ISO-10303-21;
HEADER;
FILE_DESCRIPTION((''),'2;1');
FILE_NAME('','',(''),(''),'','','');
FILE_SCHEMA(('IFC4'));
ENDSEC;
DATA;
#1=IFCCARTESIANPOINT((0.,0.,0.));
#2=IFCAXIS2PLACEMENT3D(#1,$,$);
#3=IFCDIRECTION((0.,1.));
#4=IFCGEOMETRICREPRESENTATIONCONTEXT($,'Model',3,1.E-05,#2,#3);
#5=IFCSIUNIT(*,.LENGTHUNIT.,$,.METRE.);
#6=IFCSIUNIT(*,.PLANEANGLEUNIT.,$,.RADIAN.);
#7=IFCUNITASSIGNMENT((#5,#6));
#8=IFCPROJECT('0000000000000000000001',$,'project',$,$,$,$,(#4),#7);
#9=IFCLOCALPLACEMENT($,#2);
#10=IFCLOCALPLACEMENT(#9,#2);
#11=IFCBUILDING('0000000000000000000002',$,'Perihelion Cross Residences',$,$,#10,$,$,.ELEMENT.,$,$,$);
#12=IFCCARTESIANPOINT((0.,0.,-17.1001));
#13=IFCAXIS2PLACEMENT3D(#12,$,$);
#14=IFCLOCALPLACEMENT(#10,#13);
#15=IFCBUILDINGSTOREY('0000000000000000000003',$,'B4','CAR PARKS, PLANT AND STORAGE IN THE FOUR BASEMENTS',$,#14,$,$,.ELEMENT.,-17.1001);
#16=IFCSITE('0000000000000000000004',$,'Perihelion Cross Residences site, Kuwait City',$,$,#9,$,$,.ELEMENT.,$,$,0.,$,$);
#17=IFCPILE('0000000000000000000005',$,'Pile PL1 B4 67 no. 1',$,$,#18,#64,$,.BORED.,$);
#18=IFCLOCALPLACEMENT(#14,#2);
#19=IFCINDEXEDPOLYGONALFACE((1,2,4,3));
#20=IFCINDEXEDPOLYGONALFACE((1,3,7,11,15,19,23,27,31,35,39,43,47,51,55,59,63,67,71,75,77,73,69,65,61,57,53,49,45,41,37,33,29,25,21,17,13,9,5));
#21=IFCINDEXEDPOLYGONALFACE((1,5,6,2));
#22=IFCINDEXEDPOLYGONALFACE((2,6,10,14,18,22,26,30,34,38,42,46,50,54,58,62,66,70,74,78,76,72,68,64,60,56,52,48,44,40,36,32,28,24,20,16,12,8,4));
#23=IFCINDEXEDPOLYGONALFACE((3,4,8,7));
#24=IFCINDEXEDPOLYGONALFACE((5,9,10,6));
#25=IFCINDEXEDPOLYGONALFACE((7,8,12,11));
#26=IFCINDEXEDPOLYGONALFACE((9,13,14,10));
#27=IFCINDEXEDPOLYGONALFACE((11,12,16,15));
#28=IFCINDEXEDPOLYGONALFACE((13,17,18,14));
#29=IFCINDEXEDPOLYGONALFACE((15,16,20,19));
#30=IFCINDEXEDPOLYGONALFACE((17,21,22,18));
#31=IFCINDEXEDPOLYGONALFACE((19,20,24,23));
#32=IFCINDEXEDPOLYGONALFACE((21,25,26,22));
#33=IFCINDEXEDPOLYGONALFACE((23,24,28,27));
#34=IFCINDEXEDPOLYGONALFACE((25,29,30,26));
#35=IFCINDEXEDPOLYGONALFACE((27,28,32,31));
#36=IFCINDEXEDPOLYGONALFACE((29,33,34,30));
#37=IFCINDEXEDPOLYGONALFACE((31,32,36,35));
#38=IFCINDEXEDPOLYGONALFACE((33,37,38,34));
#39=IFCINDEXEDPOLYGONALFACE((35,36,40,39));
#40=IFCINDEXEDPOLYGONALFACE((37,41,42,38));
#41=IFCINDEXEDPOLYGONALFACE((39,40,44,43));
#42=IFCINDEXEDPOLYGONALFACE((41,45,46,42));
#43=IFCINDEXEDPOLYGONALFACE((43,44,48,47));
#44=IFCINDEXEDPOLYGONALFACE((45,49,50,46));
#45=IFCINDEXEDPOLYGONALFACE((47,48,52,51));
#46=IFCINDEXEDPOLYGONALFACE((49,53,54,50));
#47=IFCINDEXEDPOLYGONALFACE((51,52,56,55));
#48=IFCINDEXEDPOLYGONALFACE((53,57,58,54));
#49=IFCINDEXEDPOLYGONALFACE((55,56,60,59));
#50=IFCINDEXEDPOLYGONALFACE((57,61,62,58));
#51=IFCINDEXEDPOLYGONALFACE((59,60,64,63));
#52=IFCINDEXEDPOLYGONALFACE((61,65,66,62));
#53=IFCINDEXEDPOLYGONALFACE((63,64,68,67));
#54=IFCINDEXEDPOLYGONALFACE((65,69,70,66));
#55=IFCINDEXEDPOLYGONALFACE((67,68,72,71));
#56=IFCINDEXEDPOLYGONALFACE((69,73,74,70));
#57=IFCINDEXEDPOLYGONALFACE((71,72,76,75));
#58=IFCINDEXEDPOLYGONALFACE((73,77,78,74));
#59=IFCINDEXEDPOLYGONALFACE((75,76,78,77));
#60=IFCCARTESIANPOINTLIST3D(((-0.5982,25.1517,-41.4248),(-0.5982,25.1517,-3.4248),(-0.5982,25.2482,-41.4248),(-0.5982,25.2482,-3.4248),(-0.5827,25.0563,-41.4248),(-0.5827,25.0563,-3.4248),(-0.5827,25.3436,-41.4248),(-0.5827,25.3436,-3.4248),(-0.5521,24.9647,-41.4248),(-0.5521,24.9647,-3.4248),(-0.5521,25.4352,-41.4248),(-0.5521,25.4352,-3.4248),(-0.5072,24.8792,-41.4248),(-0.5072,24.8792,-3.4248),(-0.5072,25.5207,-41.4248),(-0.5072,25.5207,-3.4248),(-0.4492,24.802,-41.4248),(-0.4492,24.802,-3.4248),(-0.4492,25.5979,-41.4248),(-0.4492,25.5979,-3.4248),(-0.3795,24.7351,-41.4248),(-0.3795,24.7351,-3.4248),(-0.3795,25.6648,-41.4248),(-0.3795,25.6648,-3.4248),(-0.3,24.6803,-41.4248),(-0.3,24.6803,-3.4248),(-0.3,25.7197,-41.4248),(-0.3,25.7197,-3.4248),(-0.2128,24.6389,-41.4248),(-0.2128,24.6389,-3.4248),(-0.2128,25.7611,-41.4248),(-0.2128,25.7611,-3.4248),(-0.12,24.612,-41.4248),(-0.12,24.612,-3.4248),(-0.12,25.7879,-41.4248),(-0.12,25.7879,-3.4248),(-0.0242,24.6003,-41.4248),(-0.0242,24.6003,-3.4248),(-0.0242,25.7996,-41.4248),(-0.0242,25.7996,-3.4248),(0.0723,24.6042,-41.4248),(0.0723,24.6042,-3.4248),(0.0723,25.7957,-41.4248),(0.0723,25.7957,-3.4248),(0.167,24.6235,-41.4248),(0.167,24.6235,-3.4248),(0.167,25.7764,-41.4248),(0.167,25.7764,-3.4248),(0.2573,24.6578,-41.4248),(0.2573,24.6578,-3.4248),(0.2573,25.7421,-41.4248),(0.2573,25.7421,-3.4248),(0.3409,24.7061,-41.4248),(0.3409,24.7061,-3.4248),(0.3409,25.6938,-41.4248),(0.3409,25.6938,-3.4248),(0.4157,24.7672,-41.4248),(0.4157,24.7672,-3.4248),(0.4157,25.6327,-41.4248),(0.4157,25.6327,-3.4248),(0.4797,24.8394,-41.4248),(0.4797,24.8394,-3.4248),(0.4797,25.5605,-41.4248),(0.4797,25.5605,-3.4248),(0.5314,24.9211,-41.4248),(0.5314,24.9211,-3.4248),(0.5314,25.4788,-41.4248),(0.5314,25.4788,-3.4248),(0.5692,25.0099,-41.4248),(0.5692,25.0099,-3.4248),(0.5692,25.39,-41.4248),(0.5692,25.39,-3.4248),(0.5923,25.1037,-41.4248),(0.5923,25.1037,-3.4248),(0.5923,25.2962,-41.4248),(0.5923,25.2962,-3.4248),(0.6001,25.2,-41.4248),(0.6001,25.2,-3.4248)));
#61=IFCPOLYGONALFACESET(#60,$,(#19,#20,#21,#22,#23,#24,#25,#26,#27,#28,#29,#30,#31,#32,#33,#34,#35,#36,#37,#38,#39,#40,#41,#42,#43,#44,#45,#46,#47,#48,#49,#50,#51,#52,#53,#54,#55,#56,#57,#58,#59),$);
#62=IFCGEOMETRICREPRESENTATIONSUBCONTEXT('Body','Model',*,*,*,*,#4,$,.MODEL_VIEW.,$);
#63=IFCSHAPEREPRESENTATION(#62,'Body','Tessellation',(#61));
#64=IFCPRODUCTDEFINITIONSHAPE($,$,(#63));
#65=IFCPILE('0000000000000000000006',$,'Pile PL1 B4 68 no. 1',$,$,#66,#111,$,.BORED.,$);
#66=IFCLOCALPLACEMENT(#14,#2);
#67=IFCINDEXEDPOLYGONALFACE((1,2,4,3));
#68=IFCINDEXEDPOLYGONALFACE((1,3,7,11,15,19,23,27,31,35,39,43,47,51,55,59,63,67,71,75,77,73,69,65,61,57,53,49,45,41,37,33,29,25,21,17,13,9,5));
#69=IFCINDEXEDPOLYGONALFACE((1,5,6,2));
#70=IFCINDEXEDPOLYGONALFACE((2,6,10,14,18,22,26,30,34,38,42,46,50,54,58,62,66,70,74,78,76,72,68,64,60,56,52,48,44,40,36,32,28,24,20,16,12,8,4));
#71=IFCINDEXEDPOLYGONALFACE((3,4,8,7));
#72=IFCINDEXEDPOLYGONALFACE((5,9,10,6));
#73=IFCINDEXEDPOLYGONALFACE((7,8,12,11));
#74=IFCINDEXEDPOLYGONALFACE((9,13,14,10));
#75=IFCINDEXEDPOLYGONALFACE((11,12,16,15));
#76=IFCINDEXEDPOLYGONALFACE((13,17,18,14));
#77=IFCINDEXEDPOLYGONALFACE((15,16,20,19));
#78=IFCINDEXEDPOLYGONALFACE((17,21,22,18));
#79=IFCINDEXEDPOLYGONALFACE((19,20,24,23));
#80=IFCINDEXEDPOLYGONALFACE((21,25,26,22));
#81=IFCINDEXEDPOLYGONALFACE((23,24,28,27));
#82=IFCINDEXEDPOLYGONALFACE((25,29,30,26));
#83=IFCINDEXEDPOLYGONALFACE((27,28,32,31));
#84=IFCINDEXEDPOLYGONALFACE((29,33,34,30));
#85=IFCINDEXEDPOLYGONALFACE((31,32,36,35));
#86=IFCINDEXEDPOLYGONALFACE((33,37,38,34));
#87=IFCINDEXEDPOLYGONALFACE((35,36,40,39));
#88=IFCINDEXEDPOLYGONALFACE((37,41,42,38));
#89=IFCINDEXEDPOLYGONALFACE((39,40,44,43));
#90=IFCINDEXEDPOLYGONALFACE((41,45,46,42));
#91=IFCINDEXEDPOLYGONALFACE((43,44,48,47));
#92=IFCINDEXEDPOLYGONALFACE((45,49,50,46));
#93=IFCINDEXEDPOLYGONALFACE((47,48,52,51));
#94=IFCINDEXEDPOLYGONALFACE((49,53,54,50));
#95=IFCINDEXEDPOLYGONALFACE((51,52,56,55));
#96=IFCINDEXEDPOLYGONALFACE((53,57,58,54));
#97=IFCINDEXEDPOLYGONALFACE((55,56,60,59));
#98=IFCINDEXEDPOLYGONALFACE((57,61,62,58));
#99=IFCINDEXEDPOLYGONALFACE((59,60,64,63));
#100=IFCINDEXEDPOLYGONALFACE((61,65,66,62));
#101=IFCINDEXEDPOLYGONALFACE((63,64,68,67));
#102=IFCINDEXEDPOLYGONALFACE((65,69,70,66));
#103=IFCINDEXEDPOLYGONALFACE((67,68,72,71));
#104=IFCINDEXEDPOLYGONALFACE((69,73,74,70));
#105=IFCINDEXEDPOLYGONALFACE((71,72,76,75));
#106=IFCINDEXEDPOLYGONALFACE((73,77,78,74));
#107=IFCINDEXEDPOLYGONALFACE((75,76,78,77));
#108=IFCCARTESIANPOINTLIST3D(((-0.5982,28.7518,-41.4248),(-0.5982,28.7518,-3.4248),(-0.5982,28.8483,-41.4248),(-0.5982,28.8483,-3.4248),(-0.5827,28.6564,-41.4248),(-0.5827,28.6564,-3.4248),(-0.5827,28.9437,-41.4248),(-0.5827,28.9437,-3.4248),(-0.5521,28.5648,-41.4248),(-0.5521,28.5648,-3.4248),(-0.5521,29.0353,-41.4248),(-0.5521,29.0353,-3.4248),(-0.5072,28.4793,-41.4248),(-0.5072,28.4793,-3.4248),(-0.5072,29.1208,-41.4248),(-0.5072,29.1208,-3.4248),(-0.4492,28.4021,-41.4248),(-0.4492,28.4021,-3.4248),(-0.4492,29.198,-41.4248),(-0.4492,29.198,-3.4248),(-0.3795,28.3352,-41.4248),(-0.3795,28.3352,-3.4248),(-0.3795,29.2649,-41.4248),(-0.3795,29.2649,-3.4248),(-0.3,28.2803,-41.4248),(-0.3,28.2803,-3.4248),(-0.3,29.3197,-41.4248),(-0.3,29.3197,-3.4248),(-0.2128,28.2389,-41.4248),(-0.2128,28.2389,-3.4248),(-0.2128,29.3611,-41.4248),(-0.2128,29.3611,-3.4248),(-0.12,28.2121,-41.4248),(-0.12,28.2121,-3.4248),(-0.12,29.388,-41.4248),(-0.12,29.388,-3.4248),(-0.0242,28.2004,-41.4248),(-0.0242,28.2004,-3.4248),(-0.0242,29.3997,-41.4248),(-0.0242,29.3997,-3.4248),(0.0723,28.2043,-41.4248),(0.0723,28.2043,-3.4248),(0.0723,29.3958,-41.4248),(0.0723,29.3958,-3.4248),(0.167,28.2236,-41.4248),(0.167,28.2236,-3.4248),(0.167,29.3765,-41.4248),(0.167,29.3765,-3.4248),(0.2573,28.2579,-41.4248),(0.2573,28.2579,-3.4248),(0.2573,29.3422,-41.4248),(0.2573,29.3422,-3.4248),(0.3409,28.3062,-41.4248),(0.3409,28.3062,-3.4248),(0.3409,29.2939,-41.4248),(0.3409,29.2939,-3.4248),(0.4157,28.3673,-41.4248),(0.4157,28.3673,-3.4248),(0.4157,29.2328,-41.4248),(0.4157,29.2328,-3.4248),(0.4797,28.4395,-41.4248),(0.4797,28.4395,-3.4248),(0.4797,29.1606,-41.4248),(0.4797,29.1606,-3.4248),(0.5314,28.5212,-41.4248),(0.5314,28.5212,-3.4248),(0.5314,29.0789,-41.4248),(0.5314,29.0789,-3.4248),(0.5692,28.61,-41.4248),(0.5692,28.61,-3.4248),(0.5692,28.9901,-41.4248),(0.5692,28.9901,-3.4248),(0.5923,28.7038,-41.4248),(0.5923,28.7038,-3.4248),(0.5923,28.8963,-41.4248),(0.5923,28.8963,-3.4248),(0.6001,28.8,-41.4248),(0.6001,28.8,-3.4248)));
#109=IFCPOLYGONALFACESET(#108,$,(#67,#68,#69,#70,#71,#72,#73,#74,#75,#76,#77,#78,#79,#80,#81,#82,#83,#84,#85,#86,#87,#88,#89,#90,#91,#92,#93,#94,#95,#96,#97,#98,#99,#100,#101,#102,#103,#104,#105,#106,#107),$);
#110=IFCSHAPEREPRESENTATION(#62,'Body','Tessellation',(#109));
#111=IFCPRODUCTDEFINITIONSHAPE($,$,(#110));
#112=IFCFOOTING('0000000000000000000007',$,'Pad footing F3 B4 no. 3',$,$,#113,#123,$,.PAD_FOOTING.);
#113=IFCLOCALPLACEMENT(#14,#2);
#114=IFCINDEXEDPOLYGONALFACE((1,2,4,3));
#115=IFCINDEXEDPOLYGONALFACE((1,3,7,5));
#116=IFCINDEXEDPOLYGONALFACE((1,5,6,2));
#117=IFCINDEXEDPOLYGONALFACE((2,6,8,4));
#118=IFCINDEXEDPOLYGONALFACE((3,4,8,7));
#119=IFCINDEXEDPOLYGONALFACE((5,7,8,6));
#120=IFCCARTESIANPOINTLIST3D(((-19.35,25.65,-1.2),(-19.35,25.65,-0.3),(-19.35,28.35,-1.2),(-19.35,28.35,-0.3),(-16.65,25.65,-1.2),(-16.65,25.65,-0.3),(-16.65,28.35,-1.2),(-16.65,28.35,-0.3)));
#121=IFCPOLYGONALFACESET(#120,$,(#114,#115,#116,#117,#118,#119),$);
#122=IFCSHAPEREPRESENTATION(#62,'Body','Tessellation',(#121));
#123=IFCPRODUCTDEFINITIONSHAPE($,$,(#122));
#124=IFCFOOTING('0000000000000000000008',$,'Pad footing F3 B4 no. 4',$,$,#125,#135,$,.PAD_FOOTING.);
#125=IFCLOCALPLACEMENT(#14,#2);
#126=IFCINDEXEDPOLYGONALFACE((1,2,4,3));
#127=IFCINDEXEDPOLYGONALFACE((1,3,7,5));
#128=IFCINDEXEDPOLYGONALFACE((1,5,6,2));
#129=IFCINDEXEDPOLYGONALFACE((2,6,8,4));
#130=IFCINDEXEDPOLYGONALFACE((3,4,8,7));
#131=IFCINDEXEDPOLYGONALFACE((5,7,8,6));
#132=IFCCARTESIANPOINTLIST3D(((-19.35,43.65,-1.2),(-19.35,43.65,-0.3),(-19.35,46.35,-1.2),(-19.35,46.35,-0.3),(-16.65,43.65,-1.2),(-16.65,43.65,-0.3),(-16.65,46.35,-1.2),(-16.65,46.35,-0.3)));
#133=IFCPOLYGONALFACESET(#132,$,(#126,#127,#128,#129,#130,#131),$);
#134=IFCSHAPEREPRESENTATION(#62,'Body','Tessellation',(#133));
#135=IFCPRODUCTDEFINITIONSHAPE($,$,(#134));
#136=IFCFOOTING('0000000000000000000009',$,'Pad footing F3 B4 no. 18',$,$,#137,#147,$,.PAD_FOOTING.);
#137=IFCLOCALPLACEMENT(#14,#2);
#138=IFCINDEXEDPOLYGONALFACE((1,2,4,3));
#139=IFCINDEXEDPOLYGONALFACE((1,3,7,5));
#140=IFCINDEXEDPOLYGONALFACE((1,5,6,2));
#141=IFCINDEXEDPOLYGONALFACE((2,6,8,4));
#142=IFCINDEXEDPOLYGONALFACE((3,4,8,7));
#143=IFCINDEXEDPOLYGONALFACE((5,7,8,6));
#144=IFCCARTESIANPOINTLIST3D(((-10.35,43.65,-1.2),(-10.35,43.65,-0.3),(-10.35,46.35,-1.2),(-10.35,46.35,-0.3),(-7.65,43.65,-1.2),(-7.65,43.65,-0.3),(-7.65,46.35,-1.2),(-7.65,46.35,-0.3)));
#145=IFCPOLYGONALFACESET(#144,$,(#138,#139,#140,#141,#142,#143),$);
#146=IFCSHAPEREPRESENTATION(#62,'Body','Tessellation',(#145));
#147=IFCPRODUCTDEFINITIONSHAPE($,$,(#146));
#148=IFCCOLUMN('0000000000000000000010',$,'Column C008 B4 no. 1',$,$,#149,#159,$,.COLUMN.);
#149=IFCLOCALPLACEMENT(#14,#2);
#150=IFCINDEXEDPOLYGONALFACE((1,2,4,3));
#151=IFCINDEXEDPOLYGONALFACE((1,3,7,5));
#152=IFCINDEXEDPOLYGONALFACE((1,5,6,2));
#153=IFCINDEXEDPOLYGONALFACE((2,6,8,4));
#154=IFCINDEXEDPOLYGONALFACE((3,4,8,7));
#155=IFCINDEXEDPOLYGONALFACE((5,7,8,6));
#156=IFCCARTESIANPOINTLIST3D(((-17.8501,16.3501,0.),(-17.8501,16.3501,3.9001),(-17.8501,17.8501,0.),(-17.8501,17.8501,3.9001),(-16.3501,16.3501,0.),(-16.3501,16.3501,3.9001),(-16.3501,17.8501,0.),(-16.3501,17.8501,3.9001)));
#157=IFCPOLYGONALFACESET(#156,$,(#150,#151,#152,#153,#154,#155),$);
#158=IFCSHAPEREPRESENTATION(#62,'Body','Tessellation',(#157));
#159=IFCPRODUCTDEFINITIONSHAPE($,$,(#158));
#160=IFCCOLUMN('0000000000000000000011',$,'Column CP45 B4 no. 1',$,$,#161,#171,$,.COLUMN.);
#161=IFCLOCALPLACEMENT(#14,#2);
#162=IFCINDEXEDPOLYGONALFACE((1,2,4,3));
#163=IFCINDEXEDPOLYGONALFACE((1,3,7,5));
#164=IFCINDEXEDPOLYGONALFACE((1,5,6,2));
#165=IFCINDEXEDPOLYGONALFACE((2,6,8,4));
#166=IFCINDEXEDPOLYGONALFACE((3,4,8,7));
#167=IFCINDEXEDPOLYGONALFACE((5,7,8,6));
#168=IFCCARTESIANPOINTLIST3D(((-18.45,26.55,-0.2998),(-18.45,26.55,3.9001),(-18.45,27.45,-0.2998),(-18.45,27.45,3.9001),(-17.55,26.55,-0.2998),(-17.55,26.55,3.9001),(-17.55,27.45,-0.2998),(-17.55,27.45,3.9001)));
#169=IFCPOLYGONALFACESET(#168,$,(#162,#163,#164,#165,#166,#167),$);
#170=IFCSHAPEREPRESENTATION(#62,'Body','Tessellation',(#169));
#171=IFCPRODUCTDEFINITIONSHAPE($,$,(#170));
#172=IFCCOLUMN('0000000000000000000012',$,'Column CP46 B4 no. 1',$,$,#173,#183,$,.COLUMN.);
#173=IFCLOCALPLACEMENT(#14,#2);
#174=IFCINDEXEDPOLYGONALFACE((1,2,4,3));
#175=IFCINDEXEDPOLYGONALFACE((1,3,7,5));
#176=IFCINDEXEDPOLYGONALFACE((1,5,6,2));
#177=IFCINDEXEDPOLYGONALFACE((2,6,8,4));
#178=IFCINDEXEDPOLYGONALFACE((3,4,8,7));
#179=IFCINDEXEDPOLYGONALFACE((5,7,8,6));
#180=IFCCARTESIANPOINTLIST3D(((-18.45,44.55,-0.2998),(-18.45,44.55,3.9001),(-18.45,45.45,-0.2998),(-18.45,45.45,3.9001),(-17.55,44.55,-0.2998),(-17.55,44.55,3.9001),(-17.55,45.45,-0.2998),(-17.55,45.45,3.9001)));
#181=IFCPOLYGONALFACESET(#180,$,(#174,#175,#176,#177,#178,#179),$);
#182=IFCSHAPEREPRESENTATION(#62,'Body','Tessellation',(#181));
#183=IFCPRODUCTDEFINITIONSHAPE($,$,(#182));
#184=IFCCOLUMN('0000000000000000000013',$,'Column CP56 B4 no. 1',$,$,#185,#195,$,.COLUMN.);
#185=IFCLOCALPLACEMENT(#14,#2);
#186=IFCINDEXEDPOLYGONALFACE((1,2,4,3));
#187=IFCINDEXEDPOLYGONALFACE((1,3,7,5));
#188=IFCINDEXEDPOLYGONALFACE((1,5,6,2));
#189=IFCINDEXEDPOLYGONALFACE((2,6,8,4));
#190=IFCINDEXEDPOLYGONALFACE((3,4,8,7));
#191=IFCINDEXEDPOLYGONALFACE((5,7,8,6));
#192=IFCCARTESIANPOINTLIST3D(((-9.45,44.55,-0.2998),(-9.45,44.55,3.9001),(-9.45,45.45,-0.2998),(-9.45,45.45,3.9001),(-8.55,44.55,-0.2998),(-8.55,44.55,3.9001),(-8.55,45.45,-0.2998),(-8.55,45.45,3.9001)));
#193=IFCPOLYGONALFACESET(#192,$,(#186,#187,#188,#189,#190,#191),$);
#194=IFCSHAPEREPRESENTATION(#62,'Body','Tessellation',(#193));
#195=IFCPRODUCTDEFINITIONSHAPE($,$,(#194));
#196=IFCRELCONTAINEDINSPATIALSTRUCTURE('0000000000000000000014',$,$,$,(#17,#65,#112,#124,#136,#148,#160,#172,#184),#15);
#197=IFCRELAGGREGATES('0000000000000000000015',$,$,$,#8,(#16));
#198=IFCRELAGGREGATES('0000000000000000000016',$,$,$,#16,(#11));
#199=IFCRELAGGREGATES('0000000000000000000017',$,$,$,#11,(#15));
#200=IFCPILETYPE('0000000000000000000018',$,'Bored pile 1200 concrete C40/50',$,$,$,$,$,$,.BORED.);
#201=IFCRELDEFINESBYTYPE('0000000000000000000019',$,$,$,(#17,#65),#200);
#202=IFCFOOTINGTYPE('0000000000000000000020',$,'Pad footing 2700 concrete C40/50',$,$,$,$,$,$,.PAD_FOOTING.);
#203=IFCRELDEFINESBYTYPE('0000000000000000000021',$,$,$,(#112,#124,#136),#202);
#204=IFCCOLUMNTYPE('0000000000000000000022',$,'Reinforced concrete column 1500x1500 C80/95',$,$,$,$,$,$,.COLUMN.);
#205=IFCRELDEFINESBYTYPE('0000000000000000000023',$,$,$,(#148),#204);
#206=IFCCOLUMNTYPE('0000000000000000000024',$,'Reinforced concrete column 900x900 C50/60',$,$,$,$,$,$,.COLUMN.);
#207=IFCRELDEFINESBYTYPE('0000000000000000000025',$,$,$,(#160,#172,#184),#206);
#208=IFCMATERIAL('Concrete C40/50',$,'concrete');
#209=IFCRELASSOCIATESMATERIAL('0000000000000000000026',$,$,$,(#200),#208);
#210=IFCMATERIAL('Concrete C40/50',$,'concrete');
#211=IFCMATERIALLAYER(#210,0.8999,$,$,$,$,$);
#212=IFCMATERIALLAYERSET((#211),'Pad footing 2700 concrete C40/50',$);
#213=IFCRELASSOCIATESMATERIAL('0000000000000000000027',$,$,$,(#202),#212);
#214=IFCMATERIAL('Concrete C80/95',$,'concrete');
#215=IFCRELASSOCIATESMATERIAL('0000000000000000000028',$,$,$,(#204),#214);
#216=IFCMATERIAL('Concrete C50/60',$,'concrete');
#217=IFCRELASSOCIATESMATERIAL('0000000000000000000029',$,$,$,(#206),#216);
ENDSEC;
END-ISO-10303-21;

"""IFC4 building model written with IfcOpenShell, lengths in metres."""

from ifc_helpers import new_model, si_unit, direction, frame, origin, origin_2d, place, context, subcontext, project, spatial, rectangle, circle, extrude, material, layer, layer_set, material_profile, profile_set, type_object, element, save


model = new_model("IFC4")

# Units and contexts
model_context = context("Model", 3, precision=1e-05, world=origin(), true_north=direction((0.0, 1.0)))
body_context = subcontext(model_context, "Body", "Model", "MODEL_VIEW")
ifc_project = project(units=[si_unit("LENGTHUNIT", "METRE"), si_unit("PLANEANGLEUNIT", "RADIAN")], contexts=[model_context])

# Site, building, storey
site_placement = place(None, origin())
site = spatial("IfcSite", under=ifc_project, at=site_placement, Name="Perihelion Cross Residences site, Kuwait City", CompositionType="ELEMENT", RefElevation=0.0)
building_placement = place(site_placement, origin())
building = spatial("IfcBuilding", under=site, at=building_placement, Name="Perihelion Cross Residences", CompositionType="ELEMENT")
storey_placement = place(building_placement, frame((0.0, 0.0, -17.1001)))
storey = spatial("IfcBuildingStorey", under=building, at=storey_placement, Name="B4", Description="CAR PARKS, PLANT AND STORAGE IN THE FOUR BASEMENTS", CompositionType="ELEMENT", Elevation=-17.1001)

# Piles
ifc_material_1 = material(Name="Concrete C40/50", Category="concrete")
pile_type = type_object("IfcPileType", Name="Bored pile 1200 concrete C40/50", PredefinedType="BORED", material=ifc_material_1)
for number, where, z_axis, x_axis, name in (
    (1, (0.0, 25.2, -3.4248), (0.0, 0.0, -1.0), (1.0, 0.0, 0.0), "Pile PL1 B4 67 no. 1"),
    (2, (0.0, 28.8, -3.4248), (0.0, 0.0, -1.0), (1.0, 0.0, 0.0), "Pile PL1 B4 68 no. 1"),
):
    element("IfcPile", number, at=place(storey_placement, frame(where, z_axis=z_axis, x_axis=x_axis)), inside=storey, type_object=pile_type, Name=name, PredefinedType="BORED", context=body_context, shape_type="SweptSolid", body=[
        extrude(circle(Radius=0.6001, at=origin_2d()), origin(), (0.0, 0.0, 1.0), 38.0),
    ])

# Footings
ifc_material_2 = material(Name="Concrete C40/50", Category="concrete")
ifc_layer = layer(ifc_material_2, 0.8999)
ifc_layer_set = layer_set([ifc_layer], Name="Pad footing 2700 concrete C40/50")
footing_type = type_object("IfcFootingType", Name="Pad footing 2700 concrete C40/50", PredefinedType="PAD_FOOTING", material=ifc_layer_set)
for number, where, z_axis, x_axis, name in (
    (3, (-18.0, 27.0, -1.2), (0.0, 0.0, 1.0), (1.0, 0.0, 0.0), "Pad footing F3 B4 no. 3"),
    (4, (-18.0, 45.0, -1.2), (0.0, 0.0, 1.0), (1.0, 0.0, 0.0), "Pad footing F3 B4 no. 4"),
    (5, (-9.0, 45.0, -1.2), (0.0, 0.0, 1.0), (1.0, 0.0, 0.0), "Pad footing F3 B4 no. 18"),
):
    element("IfcFooting", number, at=place(storey_placement, frame(where, z_axis=z_axis, x_axis=x_axis)), inside=storey, type_object=footing_type, Name=name, PredefinedType="PAD_FOOTING", context=body_context, shape_type="SweptSolid", body=[
        extrude(rectangle(XDim=2.7, YDim=2.7, at=origin_2d()), origin(), (0.0, 0.0, 1.0), 0.8999),
    ])

# Columns
ifc_material_3 = material(Name="Concrete C80/95", Category="concrete")
ifc_material_profile_1 = material_profile(ifc_material_3, rectangle(XDim=1.5, YDim=1.5, at=origin_2d()), Name="RC 1500x1500")
ifc_profile_set_1 = profile_set([ifc_material_profile_1], Name="Concrete C80/95")
column_type_1 = type_object("IfcColumnType", Name="Reinforced concrete column 1500x1500 C80/95", PredefinedType="COLUMN", material=ifc_profile_set_1)
column_placement = place(storey_placement, frame((-17.1001, 17.1001, 0.0), z_axis=(0.0, 0.0, 1.0), x_axis=(1.0, 0.0, 0.0)))
element("IfcColumn", 6, at=column_placement, inside=storey, type_object=column_type_1, Name="Column C008 B4 no. 1", PredefinedType="COLUMN", context=body_context, shape_type="SweptSolid", body=[
    extrude(rectangle(XDim=1.5, YDim=1.5, at=origin_2d()), origin(), (0.0, 0.0, 1.0), 3.9001),
])
ifc_material_4 = material(Name="Concrete C50/60", Category="concrete")
ifc_material_profile_2 = material_profile(ifc_material_4, rectangle(XDim=0.8999, YDim=0.8999, at=origin_2d()), Name="RC 900x900")
ifc_profile_set_2 = profile_set([ifc_material_profile_2], Name="Concrete C50/60")
column_type_2 = type_object("IfcColumnType", Name="Reinforced concrete column 900x900 C50/60", PredefinedType="COLUMN", material=ifc_profile_set_2)
for number, where, z_axis, x_axis, name in (
    (7, (-18.0, 27.0, -0.2998), (0.0, 0.0, 1.0), (1.0, 0.0, 0.0), "Column CP45 B4 no. 1"),
    (8, (-18.0, 45.0, -0.2998), (0.0, 0.0, 1.0), (1.0, 0.0, 0.0), "Column CP46 B4 no. 1"),
    (9, (-9.0, 45.0, -0.2998), (0.0, 0.0, 1.0), (1.0, 0.0, 0.0), "Column CP56 B4 no. 1"),
):
    element("IfcColumn", number, at=place(storey_placement, frame(where, z_axis=z_axis, x_axis=x_axis)), inside=storey, type_object=column_type_2, Name=name, PredefinedType="COLUMN", context=body_context, shape_type="SweptSolid", body=[
        extrude(rectangle(XDim=0.8999, YDim=0.8999, at=origin_2d()), origin(), (0.0, 0.0, 1.0), 4.2),
    ])

save(model, "model.ifc")
